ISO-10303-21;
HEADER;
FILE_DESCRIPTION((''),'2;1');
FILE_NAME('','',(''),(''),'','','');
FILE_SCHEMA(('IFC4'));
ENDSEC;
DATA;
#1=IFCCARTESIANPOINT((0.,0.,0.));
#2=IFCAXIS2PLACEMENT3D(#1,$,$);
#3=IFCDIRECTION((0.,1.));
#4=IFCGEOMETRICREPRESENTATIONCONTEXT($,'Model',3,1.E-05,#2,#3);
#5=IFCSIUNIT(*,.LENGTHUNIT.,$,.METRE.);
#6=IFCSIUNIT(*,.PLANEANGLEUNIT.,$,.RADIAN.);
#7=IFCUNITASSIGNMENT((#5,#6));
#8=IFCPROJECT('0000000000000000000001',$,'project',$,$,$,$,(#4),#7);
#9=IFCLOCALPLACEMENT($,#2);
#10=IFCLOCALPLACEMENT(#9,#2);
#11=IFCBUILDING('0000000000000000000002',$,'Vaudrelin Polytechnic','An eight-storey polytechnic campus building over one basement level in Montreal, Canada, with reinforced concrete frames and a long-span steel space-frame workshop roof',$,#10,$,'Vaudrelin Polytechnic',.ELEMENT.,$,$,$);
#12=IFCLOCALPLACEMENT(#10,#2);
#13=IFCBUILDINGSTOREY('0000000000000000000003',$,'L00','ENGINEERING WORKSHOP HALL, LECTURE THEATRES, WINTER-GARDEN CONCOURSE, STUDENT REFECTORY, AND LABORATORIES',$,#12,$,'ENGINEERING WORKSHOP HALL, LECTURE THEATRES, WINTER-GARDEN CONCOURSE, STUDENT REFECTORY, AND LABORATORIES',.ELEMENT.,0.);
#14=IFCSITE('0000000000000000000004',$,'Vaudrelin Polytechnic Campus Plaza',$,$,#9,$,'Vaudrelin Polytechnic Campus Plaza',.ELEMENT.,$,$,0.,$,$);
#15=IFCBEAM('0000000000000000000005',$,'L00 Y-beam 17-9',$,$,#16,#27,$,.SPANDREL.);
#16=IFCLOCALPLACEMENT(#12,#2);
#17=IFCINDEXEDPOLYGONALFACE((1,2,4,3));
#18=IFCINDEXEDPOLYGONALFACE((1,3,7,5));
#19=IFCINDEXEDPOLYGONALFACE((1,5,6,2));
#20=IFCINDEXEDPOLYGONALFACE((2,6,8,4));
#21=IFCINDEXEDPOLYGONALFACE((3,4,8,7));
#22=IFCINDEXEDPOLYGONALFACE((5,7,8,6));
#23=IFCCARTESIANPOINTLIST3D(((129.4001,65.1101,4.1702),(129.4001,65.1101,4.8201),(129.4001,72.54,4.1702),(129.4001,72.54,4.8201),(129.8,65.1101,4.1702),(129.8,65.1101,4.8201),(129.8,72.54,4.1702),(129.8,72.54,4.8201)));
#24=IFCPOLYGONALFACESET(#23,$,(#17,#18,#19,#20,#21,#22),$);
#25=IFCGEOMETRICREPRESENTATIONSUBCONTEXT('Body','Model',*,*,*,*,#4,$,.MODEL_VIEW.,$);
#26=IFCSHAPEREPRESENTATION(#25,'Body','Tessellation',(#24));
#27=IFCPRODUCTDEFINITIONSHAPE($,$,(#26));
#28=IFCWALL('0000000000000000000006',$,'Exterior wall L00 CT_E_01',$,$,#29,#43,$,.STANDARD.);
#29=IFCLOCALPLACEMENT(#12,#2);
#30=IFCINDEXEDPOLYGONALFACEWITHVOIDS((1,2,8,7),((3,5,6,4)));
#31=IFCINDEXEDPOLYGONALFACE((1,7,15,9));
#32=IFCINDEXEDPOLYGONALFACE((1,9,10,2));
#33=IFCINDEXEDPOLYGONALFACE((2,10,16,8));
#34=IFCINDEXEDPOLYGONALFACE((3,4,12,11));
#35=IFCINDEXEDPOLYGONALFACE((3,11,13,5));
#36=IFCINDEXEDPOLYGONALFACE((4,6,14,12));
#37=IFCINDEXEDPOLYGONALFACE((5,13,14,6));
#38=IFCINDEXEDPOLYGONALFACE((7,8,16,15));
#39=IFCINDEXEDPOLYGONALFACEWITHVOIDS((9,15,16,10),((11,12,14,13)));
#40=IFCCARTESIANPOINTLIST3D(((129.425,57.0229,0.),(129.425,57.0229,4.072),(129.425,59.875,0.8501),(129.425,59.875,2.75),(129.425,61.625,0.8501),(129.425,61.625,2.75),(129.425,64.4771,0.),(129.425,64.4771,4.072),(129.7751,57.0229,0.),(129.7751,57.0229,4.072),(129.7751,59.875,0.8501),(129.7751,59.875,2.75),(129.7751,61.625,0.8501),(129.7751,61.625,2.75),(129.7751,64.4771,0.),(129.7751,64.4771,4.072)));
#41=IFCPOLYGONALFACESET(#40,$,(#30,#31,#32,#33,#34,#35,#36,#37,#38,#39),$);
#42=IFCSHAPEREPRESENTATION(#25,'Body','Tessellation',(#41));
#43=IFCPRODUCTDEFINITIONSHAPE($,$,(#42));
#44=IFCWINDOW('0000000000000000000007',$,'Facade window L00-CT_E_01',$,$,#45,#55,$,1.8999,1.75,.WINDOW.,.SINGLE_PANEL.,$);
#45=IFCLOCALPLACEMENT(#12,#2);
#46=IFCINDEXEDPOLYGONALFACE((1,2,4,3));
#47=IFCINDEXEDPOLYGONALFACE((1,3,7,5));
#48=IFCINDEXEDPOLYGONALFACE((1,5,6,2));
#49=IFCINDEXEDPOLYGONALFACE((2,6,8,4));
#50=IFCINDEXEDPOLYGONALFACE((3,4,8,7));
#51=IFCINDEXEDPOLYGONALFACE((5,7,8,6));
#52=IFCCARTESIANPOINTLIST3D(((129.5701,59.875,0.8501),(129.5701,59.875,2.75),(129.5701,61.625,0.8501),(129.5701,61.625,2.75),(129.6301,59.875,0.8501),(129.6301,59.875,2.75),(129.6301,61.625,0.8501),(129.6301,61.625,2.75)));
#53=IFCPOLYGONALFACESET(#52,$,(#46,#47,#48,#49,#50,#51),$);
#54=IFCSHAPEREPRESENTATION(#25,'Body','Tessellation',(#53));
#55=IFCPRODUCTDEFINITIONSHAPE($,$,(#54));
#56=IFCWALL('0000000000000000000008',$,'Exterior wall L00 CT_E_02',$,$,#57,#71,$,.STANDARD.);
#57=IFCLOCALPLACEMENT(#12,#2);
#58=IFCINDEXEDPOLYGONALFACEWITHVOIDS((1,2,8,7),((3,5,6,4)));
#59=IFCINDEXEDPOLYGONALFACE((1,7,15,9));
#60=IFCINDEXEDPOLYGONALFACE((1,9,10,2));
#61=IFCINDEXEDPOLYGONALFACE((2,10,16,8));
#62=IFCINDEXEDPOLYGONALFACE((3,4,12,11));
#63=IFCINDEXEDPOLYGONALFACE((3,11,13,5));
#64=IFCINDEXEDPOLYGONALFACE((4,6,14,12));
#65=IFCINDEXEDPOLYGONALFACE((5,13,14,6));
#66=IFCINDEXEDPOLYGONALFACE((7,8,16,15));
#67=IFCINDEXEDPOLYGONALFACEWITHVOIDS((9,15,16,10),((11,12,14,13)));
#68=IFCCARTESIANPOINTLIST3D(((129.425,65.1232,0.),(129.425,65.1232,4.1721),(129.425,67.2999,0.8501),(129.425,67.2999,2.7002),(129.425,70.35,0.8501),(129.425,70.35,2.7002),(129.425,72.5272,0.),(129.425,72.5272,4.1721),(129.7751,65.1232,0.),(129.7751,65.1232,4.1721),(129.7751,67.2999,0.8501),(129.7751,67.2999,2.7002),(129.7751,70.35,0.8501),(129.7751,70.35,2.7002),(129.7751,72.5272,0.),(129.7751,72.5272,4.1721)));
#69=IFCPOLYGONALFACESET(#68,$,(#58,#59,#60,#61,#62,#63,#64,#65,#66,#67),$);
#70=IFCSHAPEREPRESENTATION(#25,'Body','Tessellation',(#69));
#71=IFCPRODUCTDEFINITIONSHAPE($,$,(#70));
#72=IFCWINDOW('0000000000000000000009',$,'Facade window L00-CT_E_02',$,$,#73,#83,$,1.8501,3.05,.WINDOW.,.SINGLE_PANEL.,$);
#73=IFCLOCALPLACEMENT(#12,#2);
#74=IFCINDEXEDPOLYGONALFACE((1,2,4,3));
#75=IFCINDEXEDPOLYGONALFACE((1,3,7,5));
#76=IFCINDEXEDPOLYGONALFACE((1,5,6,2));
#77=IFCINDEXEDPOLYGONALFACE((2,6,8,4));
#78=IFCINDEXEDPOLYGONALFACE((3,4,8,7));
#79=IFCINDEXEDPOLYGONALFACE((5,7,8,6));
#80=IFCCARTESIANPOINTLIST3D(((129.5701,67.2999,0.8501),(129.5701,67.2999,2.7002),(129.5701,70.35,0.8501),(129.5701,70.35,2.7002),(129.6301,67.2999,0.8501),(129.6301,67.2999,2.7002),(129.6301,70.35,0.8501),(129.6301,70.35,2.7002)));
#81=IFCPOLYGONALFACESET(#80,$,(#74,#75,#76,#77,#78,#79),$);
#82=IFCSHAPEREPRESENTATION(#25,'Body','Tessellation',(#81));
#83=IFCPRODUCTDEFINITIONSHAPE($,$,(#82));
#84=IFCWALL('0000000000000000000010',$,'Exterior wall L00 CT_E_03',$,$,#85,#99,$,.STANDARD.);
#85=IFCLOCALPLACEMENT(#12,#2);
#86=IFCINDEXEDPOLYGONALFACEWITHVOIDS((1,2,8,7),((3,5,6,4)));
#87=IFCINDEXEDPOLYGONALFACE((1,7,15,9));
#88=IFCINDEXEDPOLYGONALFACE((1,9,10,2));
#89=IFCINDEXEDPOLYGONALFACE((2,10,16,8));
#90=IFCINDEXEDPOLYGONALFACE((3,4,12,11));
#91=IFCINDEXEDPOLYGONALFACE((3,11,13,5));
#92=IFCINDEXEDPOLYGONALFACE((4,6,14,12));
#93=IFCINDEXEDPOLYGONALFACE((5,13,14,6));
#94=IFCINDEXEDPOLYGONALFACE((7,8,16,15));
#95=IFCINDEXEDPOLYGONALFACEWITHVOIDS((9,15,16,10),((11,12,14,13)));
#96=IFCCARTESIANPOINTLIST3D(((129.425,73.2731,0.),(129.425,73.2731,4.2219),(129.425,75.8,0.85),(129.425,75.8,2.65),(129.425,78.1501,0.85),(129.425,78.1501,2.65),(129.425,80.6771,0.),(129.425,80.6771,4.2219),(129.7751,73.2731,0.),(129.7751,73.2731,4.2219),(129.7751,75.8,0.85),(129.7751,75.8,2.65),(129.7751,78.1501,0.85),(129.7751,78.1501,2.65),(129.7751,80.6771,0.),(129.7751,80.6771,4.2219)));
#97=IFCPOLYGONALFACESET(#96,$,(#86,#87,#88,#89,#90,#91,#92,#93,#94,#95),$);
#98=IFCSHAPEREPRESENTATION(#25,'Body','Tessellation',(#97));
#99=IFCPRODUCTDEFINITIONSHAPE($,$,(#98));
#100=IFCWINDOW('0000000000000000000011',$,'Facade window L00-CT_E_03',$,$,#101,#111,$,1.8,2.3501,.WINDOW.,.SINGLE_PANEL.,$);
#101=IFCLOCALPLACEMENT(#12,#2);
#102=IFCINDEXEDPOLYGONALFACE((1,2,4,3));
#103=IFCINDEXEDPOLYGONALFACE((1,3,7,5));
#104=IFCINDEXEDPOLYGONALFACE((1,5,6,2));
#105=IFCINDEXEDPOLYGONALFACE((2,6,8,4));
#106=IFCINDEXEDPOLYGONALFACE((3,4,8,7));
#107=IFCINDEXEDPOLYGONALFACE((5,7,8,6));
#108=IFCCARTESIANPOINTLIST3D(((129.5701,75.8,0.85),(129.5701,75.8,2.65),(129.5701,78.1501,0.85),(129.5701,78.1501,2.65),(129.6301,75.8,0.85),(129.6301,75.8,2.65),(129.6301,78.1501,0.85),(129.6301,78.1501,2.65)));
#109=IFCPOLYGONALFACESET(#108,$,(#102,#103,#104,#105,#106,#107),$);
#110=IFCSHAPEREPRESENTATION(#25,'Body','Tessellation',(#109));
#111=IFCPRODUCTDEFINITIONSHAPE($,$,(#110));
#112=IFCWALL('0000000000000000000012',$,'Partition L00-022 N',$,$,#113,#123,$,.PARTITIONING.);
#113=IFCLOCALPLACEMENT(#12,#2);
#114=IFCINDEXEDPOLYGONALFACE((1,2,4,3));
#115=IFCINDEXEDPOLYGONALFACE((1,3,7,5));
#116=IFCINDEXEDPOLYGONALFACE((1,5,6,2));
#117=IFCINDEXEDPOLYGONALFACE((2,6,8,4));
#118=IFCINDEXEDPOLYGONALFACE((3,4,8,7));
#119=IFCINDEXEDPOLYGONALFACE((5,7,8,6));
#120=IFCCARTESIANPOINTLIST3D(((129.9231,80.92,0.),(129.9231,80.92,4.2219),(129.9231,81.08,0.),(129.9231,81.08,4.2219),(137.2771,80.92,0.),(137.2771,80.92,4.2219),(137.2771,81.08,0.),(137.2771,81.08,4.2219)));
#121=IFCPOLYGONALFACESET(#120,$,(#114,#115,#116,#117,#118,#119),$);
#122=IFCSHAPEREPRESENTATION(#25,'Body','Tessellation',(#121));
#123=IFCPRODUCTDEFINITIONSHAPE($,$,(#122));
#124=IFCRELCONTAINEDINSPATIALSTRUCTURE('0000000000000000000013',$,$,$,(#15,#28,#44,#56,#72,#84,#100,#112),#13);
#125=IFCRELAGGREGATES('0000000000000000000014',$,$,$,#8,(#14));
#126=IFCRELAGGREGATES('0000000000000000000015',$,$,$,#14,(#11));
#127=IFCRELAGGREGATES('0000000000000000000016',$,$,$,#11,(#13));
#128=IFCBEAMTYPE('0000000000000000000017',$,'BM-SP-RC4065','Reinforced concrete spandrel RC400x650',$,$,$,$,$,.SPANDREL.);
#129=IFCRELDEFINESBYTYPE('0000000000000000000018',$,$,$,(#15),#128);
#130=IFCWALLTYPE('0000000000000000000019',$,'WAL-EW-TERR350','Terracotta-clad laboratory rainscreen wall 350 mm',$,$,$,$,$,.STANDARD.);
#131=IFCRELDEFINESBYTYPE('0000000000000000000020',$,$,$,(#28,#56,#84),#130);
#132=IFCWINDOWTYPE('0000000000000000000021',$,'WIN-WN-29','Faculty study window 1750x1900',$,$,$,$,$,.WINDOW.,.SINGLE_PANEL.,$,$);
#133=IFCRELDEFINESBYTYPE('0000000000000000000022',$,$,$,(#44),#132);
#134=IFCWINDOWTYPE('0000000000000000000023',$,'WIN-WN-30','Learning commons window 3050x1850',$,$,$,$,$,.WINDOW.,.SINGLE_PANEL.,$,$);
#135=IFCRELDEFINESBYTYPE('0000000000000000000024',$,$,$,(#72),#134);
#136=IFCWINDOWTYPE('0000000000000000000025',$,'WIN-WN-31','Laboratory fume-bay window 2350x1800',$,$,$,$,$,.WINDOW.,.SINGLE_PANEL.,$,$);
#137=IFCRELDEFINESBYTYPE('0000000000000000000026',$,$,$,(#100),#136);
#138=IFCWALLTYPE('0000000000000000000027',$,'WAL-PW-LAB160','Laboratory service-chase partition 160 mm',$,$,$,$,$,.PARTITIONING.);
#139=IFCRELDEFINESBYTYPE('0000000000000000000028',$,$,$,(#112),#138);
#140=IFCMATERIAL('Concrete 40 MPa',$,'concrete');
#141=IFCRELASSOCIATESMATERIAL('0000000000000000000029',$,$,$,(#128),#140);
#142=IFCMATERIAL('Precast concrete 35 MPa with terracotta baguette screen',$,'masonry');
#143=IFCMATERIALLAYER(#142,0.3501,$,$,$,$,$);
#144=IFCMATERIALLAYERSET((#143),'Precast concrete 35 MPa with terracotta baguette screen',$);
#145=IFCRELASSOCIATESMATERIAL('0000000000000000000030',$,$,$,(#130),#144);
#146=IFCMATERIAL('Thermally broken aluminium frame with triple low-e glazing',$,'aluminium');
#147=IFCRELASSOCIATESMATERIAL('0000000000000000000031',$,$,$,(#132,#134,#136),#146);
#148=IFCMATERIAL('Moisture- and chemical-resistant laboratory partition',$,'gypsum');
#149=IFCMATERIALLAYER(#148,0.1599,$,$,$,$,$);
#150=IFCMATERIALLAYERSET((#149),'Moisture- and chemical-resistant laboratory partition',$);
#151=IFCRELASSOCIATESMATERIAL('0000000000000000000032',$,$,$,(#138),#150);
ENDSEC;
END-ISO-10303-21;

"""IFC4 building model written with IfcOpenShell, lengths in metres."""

from ifc_helpers import new_model, si_unit, direction, frame, frame_2d, origin, origin_2d, place, context, subcontext, project, spatial, rectangle, extrude, material, layer, layer_set, material_profile, profile_set, type_object, element, fill, save


model = new_model("IFC4")

# Units and contexts
model_context = context("Model", 3, precision=1e-05, world=origin(), true_north=direction((0.0, 1.0)))
body_context = subcontext(model_context, "Body", "Model", "MODEL_VIEW")
ifc_project = project(units=[si_unit("LENGTHUNIT", "METRE"), si_unit("PLANEANGLEUNIT", "RADIAN")], contexts=[model_context])

# Site, building, storey
site_placement = place(None, origin())
site = spatial("IfcSite", under=ifc_project, at=site_placement, Name="Vaudrelin Polytechnic Campus Plaza", LongName="Vaudrelin Polytechnic Campus Plaza", CompositionType="ELEMENT", RefElevation=0.0)
building_placement = place(site_placement, origin())
building = spatial("IfcBuilding", under=site, at=building_placement, Name="Vaudrelin Polytechnic", Description="An eight-storey polytechnic campus building over one basement level in Montreal, Canada, with reinforced concrete frames and a long-span steel space-frame workshop roof", LongName="Vaudrelin Polytechnic", CompositionType="ELEMENT")
storey_placement = place(building_placement, origin())
storey = spatial("IfcBuildingStorey", under=building, at=storey_placement, Name="L00", Description="ENGINEERING WORKSHOP HALL, LECTURE THEATRES, WINTER-GARDEN CONCOURSE, STUDENT REFECTORY, AND LABORATORIES", LongName="ENGINEERING WORKSHOP HALL, LECTURE THEATRES, WINTER-GARDEN CONCOURSE, STUDENT REFECTORY, AND LABORATORIES", CompositionType="ELEMENT", Elevation=0.0)

# Shared definitions
ifc_material_1 = material(Name="Concrete 40 MPa", Category="concrete")

# Beam
ifc_material_profile_1 = material_profile(ifc_material_1, rectangle(XDim=0.3999, YDim=0.6499, at=origin_2d()), Name="RC400x650")
ifc_profile_set_1 = profile_set([ifc_material_profile_1], Name="Concrete 40 MPa")
beam_type_1 = type_object("IfcBeamType", Name="BM-SP-RC4065", Description="Reinforced concrete spandrel RC400x650", PredefinedType="SPANDREL", material=ifc_profile_set_1)
beam_1_placement = place(storey_placement, frame((129.6001, 65.1101, 4.4951), z_axis=(0.0, 1.0, 0.0), x_axis=(-1.0, 0.0, 0.0)))
element("IfcBeam", 1, at=beam_1_placement, inside=storey, type_object=beam_type_1, Name="L00 Y-beam 17-9", PredefinedType="SPANDREL", context=body_context, shape_type="SweptSolid", body=[
    extrude(rectangle(XDim=0.3999, YDim=0.6499, at=origin_2d()), origin(), (0.0, 0.0, 1.0), 7.4299),
])

# Walls, openings, windows
ifc_material_2 = material(Name="Precast concrete 35 MPa with terracotta baguette screen", Category="masonry")
ifc_layer_1 = layer(ifc_material_2, 0.3501)
ifc_layer_set_1 = layer_set([ifc_layer_1], Name="Precast concrete 35 MPa with terracotta baguette screen")
wall_type_1 = type_object("IfcWallType", Name="WAL-EW-TERR350", Description="Terracotta-clad laboratory rainscreen wall 350 mm", PredefinedType="STANDARD", material=ifc_layer_set_1)
wall_1_placement = place(storey_placement, frame((129.6001, 57.0229, 0.0), z_axis=(0.0, 0.0, 1.0), x_axis=(0.0, 1.0, 0.0)))
wall_1 = element("IfcWall", 2, at=wall_1_placement, inside=storey, type_object=wall_type_1, Name="Exterior wall L00 CT_E_01", PredefinedType="STANDARD", context=body_context, shape_type="SweptSolid", body=[
    extrude(rectangle(XDim=7.4541, YDim=0.3501, at=frame_2d((3.7271, 0.0))), origin(), (0.0, 0.0, 1.0), 4.072),
])
opening_1_placement = place(wall_1_placement, frame((2.8521, 0.0, 0.8501)))
opening_1 = element("IfcOpeningElement", 3, at=opening_1_placement, cuts=wall_1, PredefinedType="OPENING", context=body_context, shape_type="SweptSolid", body=[
    extrude(rectangle(XDim=1.75, YDim=1.8999, at=frame_2d((0.875, 0.95))), frame((0.0, 0.1851, 0.0), z_axis=(0.0, -1.0, 0.0), x_axis=(1.0, 0.0, 0.0)), (0.0, 0.0, 1.0), 0.3701),
])
ifc_material_3 = material(Name="Thermally broken aluminium frame with triple low-e glazing", Category="aluminium")
window_type_1 = type_object("IfcWindowType", Name="WIN-WN-29", Description="Faculty study window 1750x1900", PartitioningType="SINGLE_PANEL", PredefinedType="WINDOW", material=ifc_material_3)
window_1_placement = place(opening_1_placement, origin())
window_1 = element("IfcWindow", 4, at=window_1_placement, inside=storey, type_object=window_type_1, Name="Facade window L00-CT_E_01", OverallHeight=1.8999, OverallWidth=1.75, PartitioningType="SINGLE_PANEL", PredefinedType="WINDOW", context=body_context, shape_type="SweptSolid", body=[
    extrude(rectangle(XDim=1.75, YDim=1.8999, at=frame_2d((0.875, 0.95))), frame((0.0, 0.03, 0.0), z_axis=(0.0, -1.0, 0.0), x_axis=(1.0, 0.0, 0.0)), (0.0, 0.0, 1.0), 0.0601),
])
fill(opening_1, window_1)
wall_2_placement = place(storey_placement, frame((129.6001, 65.123, 0.0), z_axis=(0.0, 0.0, 1.0), x_axis=(0.0, 1.0, 0.0)))
wall_2 = element("IfcWall", 5, at=wall_2_placement, inside=storey, type_object=wall_type_1, Name="Exterior wall L00 CT_E_02", PredefinedType="STANDARD", context=body_context, shape_type="SweptSolid", body=[
    extrude(rectangle(XDim=7.4041, YDim=0.3501, at=frame_2d((3.7021, 0.0))), origin(), (0.0, 0.0, 1.0), 4.1721),
])
opening_2_placement = place(wall_2_placement, frame((2.177, 0.0, 0.8501)))
opening_2 = element("IfcOpeningElement", 6, at=opening_2_placement, cuts=wall_2, PredefinedType="OPENING", context=body_context, shape_type="SweptSolid", body=[
    extrude(rectangle(XDim=3.05, YDim=1.8501, at=frame_2d((1.5249, 0.925))), frame((0.0, 0.1851, 0.0), z_axis=(0.0, -1.0, 0.0), x_axis=(1.0, 0.0, 0.0)), (0.0, 0.0, 1.0), 0.3701),
])
window_type_2 = type_object("IfcWindowType", Name="WIN-WN-30", Description="Learning commons window 3050x1850", PartitioningType="SINGLE_PANEL", PredefinedType="WINDOW", material=ifc_material_3)
window_2_placement = place(opening_2_placement, origin())
window_2 = element("IfcWindow", 7, at=window_2_placement, inside=storey, type_object=window_type_2, Name="Facade window L00-CT_E_02", OverallHeight=1.8501, OverallWidth=3.05, PartitioningType="SINGLE_PANEL", PredefinedType="WINDOW", context=body_context, shape_type="SweptSolid", body=[
    extrude(rectangle(XDim=3.05, YDim=1.8501, at=frame_2d((1.5249, 0.925))), frame((0.0, 0.03, 0.0), z_axis=(0.0, -1.0, 0.0), x_axis=(1.0, 0.0, 0.0)), (0.0, 0.0, 1.0), 0.0601),
])
fill(opening_2, window_2)
wall_3_placement = place(storey_placement, frame((129.6001, 73.2729, 0.0), z_axis=(0.0, 0.0, 1.0), x_axis=(0.0, 1.0, 0.0)))
wall_3 = element("IfcWall", 8, at=wall_3_placement, inside=storey, type_object=wall_type_1, Name="Exterior wall L00 CT_E_03", PredefinedType="STANDARD", context=body_context, shape_type="SweptSolid", body=[
    extrude(rectangle(XDim=7.4041, YDim=0.3501, at=frame_2d((3.7021, 0.0))), origin(), (0.0, 0.0, 1.0), 4.2219),
])
opening_3_placement = place(wall_3_placement, frame((2.5271, 0.0, 0.8501)))
opening_3 = element("IfcOpeningElement", 9, at=opening_3_placement, cuts=wall_3, PredefinedType="OPENING", context=body_context, shape_type="SweptSolid", body=[
    extrude(rectangle(XDim=2.3501, YDim=1.8, at=frame_2d((1.175, 0.8999))), frame((0.0, 0.1851, 0.0), z_axis=(0.0, -1.0, 0.0), x_axis=(1.0, 0.0, 0.0)), (0.0, 0.0, 1.0), 0.3701),
])
window_type_3 = type_object("IfcWindowType", Name="WIN-WN-31", Description="Laboratory fume-bay window 2350x1800", PartitioningType="SINGLE_PANEL", PredefinedType="WINDOW", material=ifc_material_3)
window_3_placement = place(opening_3_placement, origin())
window_3 = element("IfcWindow", 10, at=window_3_placement, inside=storey, type_object=window_type_3, Name="Facade window L00-CT_E_03", OverallHeight=1.8, OverallWidth=2.3501, PartitioningType="SINGLE_PANEL", PredefinedType="WINDOW", context=body_context, shape_type="SweptSolid", body=[
    extrude(rectangle(XDim=2.3501, YDim=1.8, at=frame_2d((1.175, 0.8999))), frame((0.0, 0.03, 0.0), z_axis=(0.0, -1.0, 0.0), x_axis=(1.0, 0.0, 0.0)), (0.0, 0.0, 1.0), 0.0601),
])
fill(opening_3, window_3)

# Wall
ifc_material_4 = material(Name="Moisture- and chemical-resistant laboratory partition", Category="gypsum")
ifc_layer_2 = layer(ifc_material_4, 0.1599)
ifc_layer_set_2 = layer_set([ifc_layer_2], Name="Moisture- and chemical-resistant laboratory partition")
wall_type_2 = type_object("IfcWallType", Name="WAL-PW-LAB160", Description="Laboratory service-chase partition 160 mm", PredefinedType="PARTITIONING", material=ifc_layer_set_2)
wall_4_placement = place(storey_placement, frame((129.9231, 81.0, 0.0), z_axis=(0.0, 0.0, 1.0), x_axis=(1.0, 0.0, 0.0)))
element("IfcWall", 11, at=wall_4_placement, inside=storey, type_object=wall_type_2, Name="Partition L00-022 N", PredefinedType="PARTITIONING", context=body_context, shape_type="SweptSolid", body=[
    extrude(rectangle(XDim=7.354, YDim=0.1599, at=frame_2d((3.677, 0.0))), origin(), (0.0, 0.0, 1.0), 4.2219),
])

save(model, "model.ifc")
